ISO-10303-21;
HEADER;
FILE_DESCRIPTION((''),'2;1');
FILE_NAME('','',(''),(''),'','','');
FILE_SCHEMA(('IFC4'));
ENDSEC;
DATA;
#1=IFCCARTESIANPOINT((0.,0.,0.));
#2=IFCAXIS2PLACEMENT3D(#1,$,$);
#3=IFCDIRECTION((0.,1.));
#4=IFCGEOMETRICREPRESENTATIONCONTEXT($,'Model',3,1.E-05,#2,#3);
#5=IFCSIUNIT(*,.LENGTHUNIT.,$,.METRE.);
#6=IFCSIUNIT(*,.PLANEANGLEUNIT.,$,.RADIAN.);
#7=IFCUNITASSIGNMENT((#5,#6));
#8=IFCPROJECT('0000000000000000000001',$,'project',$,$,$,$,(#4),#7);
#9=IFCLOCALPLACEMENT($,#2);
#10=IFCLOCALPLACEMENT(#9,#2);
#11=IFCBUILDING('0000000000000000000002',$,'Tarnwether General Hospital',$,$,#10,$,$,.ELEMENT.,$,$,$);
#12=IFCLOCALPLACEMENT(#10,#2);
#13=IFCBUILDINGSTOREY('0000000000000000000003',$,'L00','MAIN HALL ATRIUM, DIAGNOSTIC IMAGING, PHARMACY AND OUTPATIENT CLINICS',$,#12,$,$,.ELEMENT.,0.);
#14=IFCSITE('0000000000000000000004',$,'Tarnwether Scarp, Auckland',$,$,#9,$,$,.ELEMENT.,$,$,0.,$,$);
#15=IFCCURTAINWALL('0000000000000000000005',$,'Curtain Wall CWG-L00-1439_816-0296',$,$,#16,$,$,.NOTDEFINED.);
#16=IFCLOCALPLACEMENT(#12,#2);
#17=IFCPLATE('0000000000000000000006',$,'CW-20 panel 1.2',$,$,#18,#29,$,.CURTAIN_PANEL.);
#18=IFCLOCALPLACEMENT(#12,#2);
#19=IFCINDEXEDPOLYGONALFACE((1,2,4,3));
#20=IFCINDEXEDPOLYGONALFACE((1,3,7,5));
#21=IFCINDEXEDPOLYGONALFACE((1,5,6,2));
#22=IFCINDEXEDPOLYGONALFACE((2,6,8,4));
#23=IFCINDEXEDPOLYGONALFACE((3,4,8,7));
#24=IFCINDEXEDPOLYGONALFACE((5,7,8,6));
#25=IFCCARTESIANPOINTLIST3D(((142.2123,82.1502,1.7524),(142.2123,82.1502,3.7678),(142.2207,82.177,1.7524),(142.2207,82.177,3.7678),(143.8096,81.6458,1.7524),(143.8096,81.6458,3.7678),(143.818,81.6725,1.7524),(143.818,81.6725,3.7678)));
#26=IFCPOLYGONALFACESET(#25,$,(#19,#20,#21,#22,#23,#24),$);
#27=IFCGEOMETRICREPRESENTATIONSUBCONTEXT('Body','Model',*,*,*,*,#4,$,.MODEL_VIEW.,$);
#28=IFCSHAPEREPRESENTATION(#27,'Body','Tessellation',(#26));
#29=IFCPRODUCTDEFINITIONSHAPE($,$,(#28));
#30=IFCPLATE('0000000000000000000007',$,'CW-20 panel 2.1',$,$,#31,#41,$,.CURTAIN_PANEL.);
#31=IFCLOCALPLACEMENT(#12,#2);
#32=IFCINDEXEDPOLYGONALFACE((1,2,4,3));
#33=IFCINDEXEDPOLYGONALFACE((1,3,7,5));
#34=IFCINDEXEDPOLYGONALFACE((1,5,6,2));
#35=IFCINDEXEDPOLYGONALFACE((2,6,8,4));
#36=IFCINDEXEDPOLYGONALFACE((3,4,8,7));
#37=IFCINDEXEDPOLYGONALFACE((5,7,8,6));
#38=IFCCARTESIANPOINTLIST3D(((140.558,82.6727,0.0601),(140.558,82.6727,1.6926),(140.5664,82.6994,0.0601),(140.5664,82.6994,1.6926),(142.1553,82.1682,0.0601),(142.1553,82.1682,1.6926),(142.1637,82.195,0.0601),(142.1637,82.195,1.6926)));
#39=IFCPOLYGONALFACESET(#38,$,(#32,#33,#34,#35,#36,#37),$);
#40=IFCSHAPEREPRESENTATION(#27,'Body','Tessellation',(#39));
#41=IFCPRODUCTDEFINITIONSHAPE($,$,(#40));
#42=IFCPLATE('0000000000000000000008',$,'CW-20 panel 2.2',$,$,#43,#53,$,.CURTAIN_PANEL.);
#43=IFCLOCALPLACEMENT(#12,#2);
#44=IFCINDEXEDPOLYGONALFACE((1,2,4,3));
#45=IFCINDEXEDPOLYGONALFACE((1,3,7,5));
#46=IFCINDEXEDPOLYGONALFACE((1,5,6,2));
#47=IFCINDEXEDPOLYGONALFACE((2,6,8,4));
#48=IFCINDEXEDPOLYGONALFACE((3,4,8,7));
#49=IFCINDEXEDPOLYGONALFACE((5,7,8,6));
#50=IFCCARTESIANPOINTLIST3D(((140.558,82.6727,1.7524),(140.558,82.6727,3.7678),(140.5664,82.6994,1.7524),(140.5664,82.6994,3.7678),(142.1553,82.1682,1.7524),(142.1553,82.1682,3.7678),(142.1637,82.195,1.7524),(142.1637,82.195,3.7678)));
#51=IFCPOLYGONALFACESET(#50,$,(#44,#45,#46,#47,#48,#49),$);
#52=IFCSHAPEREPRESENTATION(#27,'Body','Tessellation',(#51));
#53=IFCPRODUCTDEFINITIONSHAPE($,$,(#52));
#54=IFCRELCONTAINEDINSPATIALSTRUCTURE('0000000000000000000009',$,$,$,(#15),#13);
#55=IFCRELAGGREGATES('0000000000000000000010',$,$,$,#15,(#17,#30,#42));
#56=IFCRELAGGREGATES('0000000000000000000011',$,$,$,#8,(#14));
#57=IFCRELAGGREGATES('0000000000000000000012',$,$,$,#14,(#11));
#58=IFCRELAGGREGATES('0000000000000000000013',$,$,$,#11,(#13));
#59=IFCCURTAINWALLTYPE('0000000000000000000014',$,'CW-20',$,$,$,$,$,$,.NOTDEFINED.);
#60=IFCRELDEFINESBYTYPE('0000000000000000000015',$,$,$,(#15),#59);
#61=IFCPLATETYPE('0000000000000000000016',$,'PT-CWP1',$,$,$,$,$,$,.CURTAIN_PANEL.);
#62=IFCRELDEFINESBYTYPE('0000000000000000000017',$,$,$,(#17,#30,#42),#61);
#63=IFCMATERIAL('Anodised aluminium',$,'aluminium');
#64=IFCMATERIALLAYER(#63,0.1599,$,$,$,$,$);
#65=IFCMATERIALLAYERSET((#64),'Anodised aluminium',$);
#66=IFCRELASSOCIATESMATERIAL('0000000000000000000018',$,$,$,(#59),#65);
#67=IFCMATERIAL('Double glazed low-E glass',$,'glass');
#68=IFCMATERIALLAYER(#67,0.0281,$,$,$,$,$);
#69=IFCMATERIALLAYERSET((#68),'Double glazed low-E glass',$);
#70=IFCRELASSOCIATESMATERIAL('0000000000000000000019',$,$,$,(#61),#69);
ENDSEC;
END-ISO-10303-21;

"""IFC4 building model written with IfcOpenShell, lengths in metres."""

from ifc_helpers import new_model, si_unit, direction, frame, origin, origin_2d, place, context, subcontext, project, spatial, rectangle, extrude, material, layer, layer_set, type_object, element, aggregate, save


model = new_model("IFC4")

# Units and contexts
model_context = context("Model", 3, precision=1e-05, world=origin(), true_north=direction((0.0, 1.0)))
body_context = subcontext(model_context, "Body", "Model", "MODEL_VIEW")
ifc_project = project(units=[si_unit("LENGTHUNIT", "METRE"), si_unit("PLANEANGLEUNIT", "RADIAN")], contexts=[model_context])

# Site, building, storey
site_placement = place(None, origin())
site = spatial("IfcSite", under=ifc_project, at=site_placement, Name="Tarnwether Scarp, Auckland", CompositionType="ELEMENT", RefElevation=0.0)
building_placement = place(site_placement, origin())
building = spatial("IfcBuilding", under=site, at=building_placement, Name="Tarnwether General Hospital", CompositionType="ELEMENT")
storey_placement = place(building_placement, origin())
storey = spatial("IfcBuildingStorey", under=building, at=storey_placement, Name="L00", Description="MAIN HALL ATRIUM, DIAGNOSTIC IMAGING, PHARMACY AND OUTPATIENT CLINICS", CompositionType="ELEMENT", Elevation=0.0)

# Curtain wall, plates
ifc_material_1 = material(Name="Anodised aluminium", Category="aluminium")
ifc_layer_1 = layer(ifc_material_1, 0.1599)
ifc_layer_set_1 = layer_set([ifc_layer_1], Name="Anodised aluminium")
curtain_wall_type = type_object("IfcCurtainWallType", Name="CW-20", PredefinedType="NOTDEFINED", material=ifc_layer_set_1)
curtain_wall_placement = place(storey_placement, origin())
curtain_wall = element("IfcCurtainWall", 1, at=curtain_wall_placement, inside=storey, type_object=curtain_wall_type, Name="Curtain Wall CWG-L00-1439_816-0296", PredefinedType="NOTDEFINED")
ifc_material_2 = material(Name="Double glazed low-E glass", Category="glass")
ifc_layer_2 = layer(ifc_material_2, 0.0281)
ifc_layer_set_2 = layer_set([ifc_layer_2], Name="Double glazed low-E glass")
plate_type = type_object("IfcPlateType", Name="PT-CWP1", PredefinedType="CURTAIN_PANEL", material=ifc_layer_set_2)
plate_1_placement = place(storey_placement, frame((143.0151, 81.9114, 1.7524), z_axis=(0.0, 0.0, 1.0), x_axis=(-0.953578, 0.301145, 0.0)))
plate_1 = element("IfcPlate", 2, at=plate_1_placement, type_object=plate_type, Name="CW-20 panel 1.2", PredefinedType="CURTAIN_PANEL", context=body_context, shape_type="SweptSolid", body=[
    extrude(rectangle(XDim=1.675, YDim=0.0281, at=origin_2d()), origin(), (0.0, 0.0, 1.0), 2.0154),
])
plate_2_placement = place(storey_placement, frame((141.3608, 82.4338, 0.0601), z_axis=(0.0, 0.0, 1.0), x_axis=(-0.953578, 0.301145, 0.0)))
plate_2 = element("IfcPlate", 3, at=plate_2_placement, type_object=plate_type, Name="CW-20 panel 2.1", PredefinedType="CURTAIN_PANEL", context=body_context, shape_type="SweptSolid", body=[
    extrude(rectangle(XDim=1.675, YDim=0.0281, at=origin_2d()), origin(), (0.0, 0.0, 1.0), 1.6326),
])
plate_3_placement = place(storey_placement, frame((141.3608, 82.4338, 1.7524), z_axis=(0.0, 0.0, 1.0), x_axis=(-0.953578, 0.301145, 0.0)))
plate_3 = element("IfcPlate", 4, at=plate_3_placement, type_object=plate_type, Name="CW-20 panel 2.2", PredefinedType="CURTAIN_PANEL", context=body_context, shape_type="SweptSolid", body=[
    extrude(rectangle(XDim=1.675, YDim=0.0281, at=origin_2d()), origin(), (0.0, 0.0, 1.0), 2.0154),
])
aggregate(curtain_wall, [plate_1, plate_2, plate_3])

save(model, "model.ifc")
